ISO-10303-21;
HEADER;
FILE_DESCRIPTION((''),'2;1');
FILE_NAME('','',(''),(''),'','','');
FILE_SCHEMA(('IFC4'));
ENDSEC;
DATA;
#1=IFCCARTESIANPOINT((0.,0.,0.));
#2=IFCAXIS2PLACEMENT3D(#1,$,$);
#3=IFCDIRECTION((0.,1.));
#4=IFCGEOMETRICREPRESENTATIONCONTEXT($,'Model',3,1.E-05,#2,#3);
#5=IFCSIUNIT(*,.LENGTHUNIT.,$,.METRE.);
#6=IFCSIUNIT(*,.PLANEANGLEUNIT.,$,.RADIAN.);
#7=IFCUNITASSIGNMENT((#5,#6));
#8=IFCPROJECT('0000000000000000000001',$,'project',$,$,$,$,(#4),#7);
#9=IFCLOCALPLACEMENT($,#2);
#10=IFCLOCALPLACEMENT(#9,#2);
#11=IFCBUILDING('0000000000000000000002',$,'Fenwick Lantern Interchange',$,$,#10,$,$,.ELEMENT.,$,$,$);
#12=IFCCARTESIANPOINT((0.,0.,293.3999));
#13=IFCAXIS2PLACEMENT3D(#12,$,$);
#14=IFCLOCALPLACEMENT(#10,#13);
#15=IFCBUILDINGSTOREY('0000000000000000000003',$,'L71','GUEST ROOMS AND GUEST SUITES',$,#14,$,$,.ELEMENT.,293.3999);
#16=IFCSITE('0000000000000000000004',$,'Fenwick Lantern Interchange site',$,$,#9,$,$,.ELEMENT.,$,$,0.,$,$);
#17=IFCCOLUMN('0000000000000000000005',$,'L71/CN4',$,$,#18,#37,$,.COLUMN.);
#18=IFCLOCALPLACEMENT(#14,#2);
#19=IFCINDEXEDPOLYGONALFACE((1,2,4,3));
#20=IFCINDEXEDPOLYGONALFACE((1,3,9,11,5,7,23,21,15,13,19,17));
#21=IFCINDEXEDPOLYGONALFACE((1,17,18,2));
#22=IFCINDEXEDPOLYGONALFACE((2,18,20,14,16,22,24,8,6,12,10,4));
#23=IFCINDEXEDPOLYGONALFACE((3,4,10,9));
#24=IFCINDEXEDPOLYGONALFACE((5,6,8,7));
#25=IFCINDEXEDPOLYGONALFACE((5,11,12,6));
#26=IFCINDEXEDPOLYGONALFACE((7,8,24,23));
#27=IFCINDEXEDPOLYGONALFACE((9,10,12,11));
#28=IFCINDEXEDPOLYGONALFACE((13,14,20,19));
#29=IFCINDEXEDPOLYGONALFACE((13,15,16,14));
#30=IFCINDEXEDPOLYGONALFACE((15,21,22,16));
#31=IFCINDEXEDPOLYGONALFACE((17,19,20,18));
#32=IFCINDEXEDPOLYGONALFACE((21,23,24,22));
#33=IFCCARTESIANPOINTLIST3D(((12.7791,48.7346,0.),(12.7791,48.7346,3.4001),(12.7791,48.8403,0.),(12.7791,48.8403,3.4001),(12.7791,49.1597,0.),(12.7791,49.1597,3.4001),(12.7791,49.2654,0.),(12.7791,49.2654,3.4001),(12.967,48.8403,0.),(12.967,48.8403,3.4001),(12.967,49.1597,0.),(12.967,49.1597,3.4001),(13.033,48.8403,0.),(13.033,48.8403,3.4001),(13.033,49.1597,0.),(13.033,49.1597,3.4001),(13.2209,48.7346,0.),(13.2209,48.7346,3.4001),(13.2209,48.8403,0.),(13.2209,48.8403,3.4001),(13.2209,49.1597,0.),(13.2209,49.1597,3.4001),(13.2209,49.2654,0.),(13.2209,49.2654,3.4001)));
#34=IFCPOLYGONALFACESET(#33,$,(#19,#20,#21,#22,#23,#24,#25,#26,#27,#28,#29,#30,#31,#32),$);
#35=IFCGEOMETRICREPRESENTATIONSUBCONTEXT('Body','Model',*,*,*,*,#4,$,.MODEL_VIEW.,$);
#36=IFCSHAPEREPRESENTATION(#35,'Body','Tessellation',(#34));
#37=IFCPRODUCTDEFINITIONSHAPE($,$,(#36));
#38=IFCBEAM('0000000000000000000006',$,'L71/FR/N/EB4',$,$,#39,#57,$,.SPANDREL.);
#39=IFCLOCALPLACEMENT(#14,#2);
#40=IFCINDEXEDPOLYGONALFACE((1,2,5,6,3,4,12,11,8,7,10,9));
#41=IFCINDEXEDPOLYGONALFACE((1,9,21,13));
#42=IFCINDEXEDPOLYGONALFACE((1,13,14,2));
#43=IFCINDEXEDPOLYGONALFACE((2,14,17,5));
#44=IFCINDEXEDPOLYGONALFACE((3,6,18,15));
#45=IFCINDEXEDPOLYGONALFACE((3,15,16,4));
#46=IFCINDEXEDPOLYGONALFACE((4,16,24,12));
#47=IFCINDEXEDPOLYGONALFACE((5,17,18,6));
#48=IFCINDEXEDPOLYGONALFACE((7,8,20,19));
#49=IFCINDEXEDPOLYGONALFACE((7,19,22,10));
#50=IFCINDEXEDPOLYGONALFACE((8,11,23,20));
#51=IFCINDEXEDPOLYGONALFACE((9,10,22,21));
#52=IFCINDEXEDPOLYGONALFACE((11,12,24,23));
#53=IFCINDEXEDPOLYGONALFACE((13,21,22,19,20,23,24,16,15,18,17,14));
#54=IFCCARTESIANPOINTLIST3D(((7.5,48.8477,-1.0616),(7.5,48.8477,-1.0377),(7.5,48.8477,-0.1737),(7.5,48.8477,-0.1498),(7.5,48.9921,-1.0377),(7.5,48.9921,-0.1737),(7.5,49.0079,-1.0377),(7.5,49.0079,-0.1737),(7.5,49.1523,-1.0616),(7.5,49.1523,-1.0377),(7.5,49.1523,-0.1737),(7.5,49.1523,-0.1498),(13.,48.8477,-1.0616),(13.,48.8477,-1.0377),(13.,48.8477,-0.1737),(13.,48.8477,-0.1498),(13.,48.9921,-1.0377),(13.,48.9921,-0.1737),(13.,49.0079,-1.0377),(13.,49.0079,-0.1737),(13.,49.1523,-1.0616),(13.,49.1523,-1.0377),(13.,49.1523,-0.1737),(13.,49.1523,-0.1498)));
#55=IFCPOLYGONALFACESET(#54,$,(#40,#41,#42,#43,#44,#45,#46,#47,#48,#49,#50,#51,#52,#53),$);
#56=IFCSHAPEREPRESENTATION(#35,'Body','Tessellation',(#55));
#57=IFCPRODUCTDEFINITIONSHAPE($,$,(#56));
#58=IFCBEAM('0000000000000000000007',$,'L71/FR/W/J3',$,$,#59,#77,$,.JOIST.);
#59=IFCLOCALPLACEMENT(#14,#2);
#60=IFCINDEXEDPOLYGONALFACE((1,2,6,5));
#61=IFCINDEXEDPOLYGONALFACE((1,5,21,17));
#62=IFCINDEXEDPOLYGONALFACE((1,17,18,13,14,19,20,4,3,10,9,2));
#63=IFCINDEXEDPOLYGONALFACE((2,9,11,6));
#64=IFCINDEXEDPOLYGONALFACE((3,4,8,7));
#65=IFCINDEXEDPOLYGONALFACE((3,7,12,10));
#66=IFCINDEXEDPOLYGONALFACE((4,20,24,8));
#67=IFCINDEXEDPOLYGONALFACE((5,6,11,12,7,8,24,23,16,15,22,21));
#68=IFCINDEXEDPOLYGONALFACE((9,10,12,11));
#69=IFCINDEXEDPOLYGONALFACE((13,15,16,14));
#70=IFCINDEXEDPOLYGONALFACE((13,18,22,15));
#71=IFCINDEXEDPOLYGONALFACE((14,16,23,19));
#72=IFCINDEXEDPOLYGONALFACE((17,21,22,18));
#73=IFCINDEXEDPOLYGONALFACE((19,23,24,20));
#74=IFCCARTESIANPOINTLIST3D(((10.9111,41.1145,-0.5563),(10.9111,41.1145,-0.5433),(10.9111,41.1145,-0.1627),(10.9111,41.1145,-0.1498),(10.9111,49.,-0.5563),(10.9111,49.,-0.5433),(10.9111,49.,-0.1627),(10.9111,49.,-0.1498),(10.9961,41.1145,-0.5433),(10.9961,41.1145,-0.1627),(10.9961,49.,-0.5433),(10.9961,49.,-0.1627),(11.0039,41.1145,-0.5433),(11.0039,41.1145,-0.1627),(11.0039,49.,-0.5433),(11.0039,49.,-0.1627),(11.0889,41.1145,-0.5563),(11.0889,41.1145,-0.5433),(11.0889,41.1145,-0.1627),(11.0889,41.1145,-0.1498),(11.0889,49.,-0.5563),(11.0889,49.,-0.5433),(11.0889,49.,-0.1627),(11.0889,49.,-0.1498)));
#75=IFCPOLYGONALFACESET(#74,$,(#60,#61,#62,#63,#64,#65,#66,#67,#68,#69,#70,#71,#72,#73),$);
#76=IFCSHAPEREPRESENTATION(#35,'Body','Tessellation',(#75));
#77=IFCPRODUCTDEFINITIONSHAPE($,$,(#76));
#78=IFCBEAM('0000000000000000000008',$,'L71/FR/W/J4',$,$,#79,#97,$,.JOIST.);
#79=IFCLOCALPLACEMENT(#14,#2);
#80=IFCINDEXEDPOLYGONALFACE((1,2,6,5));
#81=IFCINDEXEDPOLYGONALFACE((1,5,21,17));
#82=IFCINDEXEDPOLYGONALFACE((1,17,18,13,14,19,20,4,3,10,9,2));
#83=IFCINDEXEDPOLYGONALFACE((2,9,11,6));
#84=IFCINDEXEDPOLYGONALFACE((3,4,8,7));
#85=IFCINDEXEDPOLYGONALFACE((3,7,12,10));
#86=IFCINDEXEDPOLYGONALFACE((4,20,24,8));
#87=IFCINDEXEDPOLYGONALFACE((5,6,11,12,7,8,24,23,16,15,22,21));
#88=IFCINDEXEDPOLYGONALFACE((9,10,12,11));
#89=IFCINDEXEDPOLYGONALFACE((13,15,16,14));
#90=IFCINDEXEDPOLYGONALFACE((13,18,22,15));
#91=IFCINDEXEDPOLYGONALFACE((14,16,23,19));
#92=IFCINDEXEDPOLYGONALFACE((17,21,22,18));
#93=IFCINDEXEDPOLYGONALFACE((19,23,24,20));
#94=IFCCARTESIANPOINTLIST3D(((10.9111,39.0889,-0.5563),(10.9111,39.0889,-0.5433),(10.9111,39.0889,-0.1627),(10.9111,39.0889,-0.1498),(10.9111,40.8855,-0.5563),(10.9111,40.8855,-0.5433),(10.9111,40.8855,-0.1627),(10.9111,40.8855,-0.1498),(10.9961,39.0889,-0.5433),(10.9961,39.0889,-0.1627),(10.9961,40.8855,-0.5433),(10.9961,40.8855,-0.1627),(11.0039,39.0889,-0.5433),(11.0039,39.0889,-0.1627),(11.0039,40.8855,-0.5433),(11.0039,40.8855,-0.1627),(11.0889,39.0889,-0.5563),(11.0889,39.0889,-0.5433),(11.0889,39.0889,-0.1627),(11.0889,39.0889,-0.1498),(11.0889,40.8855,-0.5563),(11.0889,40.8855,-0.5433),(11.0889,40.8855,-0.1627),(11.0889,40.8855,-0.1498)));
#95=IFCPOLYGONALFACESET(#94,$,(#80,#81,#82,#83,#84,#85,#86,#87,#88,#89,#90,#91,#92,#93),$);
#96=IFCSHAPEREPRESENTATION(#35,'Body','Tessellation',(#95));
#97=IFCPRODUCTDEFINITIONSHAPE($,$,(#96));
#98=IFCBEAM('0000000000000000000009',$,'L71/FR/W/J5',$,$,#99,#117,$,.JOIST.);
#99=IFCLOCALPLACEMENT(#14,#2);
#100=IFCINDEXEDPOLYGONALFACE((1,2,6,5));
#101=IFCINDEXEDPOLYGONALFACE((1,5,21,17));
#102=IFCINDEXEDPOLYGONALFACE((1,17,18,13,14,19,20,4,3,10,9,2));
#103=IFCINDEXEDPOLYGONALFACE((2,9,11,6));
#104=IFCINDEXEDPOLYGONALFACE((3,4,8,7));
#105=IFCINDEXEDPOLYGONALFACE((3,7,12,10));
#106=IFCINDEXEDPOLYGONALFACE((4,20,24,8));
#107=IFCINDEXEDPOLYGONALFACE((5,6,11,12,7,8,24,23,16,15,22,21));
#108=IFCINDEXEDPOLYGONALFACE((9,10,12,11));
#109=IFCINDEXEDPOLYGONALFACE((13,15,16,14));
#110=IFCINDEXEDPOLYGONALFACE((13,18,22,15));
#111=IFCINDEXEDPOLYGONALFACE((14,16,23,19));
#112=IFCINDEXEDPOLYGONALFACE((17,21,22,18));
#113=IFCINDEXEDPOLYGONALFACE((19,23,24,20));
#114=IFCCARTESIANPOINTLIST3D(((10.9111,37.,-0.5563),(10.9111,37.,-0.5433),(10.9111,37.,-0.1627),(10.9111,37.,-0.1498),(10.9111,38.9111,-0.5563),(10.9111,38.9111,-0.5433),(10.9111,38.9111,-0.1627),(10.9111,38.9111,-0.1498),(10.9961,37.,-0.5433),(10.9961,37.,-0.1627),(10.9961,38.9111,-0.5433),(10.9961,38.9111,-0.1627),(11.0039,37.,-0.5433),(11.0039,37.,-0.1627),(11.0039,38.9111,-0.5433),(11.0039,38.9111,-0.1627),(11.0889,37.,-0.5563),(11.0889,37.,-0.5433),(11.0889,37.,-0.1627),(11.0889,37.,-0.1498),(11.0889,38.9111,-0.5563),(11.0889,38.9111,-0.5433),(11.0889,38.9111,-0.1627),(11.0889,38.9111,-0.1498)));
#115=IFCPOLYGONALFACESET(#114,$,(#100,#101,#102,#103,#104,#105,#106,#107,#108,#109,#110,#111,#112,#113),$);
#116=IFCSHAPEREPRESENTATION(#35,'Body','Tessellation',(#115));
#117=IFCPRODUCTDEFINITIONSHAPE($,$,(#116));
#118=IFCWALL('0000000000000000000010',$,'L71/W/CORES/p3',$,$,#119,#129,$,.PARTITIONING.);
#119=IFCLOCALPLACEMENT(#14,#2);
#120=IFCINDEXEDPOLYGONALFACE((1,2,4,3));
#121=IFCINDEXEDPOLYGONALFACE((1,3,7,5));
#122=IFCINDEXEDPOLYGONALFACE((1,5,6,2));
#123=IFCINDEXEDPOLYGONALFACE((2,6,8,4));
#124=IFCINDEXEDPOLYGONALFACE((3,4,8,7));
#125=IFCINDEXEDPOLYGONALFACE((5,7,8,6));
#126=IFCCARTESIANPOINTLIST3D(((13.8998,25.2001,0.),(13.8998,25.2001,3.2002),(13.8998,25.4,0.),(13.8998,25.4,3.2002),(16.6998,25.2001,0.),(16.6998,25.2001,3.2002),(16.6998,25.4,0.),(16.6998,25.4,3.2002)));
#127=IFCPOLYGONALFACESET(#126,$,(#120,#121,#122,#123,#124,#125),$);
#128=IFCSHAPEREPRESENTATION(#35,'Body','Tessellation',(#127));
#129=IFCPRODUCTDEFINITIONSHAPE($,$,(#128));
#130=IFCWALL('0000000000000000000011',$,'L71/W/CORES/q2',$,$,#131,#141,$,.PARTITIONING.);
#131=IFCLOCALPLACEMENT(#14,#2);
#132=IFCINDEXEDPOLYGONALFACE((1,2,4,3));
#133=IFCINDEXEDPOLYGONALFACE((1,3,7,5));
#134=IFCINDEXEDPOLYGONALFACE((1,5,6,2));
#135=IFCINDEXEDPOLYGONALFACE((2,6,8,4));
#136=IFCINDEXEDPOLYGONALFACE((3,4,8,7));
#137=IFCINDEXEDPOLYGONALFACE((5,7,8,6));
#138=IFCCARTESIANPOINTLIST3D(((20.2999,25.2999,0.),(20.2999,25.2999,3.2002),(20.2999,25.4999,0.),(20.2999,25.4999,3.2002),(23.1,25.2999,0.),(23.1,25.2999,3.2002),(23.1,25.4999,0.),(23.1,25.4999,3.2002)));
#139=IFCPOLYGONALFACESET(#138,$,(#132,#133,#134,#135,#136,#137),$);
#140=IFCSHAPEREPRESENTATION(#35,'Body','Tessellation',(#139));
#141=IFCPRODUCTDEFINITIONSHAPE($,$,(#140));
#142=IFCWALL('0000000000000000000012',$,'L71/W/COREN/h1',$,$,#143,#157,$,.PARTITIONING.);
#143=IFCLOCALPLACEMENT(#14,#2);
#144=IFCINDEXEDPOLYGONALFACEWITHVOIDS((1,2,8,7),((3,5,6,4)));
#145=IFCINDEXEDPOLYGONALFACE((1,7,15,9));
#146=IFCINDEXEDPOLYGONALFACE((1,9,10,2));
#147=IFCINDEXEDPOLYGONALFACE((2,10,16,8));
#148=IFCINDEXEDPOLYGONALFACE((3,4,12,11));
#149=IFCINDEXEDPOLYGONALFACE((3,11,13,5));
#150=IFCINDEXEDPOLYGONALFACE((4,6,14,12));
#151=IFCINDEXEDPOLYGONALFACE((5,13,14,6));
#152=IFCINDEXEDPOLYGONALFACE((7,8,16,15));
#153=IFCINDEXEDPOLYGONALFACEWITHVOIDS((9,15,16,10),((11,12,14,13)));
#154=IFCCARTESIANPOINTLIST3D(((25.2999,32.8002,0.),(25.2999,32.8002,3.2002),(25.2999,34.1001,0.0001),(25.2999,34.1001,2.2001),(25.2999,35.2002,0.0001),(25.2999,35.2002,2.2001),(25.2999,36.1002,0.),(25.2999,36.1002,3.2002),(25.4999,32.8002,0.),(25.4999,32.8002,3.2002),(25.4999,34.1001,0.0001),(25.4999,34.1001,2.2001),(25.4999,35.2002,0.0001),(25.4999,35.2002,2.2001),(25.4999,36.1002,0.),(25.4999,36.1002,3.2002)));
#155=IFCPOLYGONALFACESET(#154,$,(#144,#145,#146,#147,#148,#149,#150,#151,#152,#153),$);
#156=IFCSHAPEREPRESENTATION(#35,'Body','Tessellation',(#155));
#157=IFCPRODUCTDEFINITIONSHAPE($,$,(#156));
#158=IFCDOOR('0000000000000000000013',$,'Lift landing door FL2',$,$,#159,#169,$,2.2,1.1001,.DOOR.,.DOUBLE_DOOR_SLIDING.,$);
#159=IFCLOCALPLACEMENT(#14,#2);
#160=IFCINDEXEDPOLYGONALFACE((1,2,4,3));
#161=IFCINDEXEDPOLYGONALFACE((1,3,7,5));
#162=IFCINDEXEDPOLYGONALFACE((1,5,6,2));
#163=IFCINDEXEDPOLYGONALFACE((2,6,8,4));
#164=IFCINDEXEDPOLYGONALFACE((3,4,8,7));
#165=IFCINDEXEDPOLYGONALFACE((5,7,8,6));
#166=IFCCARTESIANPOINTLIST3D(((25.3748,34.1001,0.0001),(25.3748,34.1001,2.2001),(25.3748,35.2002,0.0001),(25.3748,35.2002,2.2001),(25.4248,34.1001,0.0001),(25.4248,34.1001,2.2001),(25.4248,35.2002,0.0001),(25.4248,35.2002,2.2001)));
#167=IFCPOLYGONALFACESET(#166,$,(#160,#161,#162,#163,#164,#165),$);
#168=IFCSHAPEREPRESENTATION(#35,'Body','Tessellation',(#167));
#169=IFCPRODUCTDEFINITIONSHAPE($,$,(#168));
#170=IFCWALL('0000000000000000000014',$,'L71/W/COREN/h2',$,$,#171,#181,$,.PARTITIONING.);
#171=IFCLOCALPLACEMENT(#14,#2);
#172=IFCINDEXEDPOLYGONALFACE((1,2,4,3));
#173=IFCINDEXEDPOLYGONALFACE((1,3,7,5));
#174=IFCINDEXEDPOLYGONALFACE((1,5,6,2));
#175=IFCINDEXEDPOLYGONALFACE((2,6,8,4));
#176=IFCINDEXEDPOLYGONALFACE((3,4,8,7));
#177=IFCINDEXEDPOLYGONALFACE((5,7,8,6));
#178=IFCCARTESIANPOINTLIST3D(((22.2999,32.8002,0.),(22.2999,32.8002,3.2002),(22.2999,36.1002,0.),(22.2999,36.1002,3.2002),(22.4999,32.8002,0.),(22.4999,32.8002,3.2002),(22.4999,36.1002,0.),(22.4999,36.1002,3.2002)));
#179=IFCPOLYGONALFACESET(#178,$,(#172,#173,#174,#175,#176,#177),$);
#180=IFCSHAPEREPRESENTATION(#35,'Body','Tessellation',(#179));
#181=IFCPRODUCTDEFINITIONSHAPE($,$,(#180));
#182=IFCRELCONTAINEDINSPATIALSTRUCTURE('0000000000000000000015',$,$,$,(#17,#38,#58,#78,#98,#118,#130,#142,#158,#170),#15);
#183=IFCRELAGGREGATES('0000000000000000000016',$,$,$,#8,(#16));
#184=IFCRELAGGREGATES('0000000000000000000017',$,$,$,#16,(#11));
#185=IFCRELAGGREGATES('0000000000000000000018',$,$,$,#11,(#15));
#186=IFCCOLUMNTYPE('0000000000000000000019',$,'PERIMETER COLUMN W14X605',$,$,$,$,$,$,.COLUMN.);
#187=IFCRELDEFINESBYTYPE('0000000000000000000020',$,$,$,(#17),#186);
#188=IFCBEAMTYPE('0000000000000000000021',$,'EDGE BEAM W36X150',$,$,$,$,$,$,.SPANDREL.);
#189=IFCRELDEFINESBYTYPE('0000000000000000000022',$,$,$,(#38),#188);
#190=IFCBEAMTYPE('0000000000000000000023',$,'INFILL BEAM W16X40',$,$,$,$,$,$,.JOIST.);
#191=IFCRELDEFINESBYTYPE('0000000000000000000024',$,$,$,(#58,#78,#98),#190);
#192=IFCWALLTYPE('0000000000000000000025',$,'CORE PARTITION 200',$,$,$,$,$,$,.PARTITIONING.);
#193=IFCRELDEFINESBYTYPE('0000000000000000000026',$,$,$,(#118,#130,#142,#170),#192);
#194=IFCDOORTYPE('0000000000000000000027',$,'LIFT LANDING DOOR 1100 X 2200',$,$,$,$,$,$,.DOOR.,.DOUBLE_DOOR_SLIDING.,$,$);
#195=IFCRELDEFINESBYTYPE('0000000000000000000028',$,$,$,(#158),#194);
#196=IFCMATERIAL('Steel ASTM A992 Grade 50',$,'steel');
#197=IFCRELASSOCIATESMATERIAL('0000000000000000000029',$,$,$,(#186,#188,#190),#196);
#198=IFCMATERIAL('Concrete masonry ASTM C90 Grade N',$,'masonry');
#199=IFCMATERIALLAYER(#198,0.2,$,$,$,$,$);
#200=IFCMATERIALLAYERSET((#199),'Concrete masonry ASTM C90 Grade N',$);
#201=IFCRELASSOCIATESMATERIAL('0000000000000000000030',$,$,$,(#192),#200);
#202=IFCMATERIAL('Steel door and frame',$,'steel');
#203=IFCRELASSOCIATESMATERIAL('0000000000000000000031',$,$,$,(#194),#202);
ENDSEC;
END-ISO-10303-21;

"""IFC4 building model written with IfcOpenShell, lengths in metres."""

from ifc_helpers import new_model, si_unit, direction, frame, frame_2d, origin, origin_2d, place, context, subcontext, project, spatial, rectangle, i_section, extrude, material, layer, layer_set, material_profile, profile_set, type_object, element, fill, save


model = new_model("IFC4")

# Units and contexts
model_context = context("Model", 3, precision=1e-05, world=origin(), true_north=direction((0.0, 1.0)))
body_context = subcontext(model_context, "Body", "Model", "MODEL_VIEW")
ifc_project = project(units=[si_unit("LENGTHUNIT", "METRE"), si_unit("PLANEANGLEUNIT", "RADIAN")], contexts=[model_context])

# Site, building, storey
site_placement = place(None, origin())
site = spatial("IfcSite", under=ifc_project, at=site_placement, Name="Fenwick Lantern Interchange site", CompositionType="ELEMENT", RefElevation=0.0)
building_placement = place(site_placement, origin())
building = spatial("IfcBuilding", under=site, at=building_placement, Name="Fenwick Lantern Interchange", CompositionType="ELEMENT")
storey_placement = place(building_placement, frame((0.0, 0.0, 293.3999)))
storey = spatial("IfcBuildingStorey", under=building, at=storey_placement, Name="L71", Description="GUEST ROOMS AND GUEST SUITES", CompositionType="ELEMENT", Elevation=293.3999)

# Column
ifc_material_1 = material(Name="Steel ASTM A992 Grade 50", Category="steel")
ifc_material_profile_1 = material_profile(ifc_material_1, i_section(OverallWidth=0.4419, OverallDepth=0.5308, WebThickness=0.0659, FlangeThickness=0.1057, at=origin_2d()), Name="W14X605")
ifc_profile_set_1 = profile_set([ifc_material_profile_1], Name="Steel ASTM A992 Grade 50")
column_type = type_object("IfcColumnType", Name="PERIMETER COLUMN W14X605", PredefinedType="COLUMN", material=ifc_profile_set_1)
column_placement = place(storey_placement, frame((13.0, 49.0, 0.0), z_axis=(0.0, 0.0, 1.0), x_axis=(1.0, 0.0, 0.0)))
element("IfcColumn", 1, at=column_placement, inside=storey, type_object=column_type, Name="L71/CN4", PredefinedType="COLUMN", context=body_context, shape_type="SweptSolid", body=[
    extrude(i_section(OverallWidth=0.4419, OverallDepth=0.5308, WebThickness=0.0659, FlangeThickness=0.1057, at=origin_2d()), origin(), (0.0, 0.0, 1.0), 3.4001),
])

# Beams
ifc_material_profile_2 = material_profile(ifc_material_1, i_section(OverallWidth=0.3047, OverallDepth=0.9119, WebThickness=0.0159, FlangeThickness=0.0239, at=origin_2d()), Name="W36X150")
ifc_profile_set_2 = profile_set([ifc_material_profile_2], Name="Steel ASTM A992 Grade 50")
beam_type_1 = type_object("IfcBeamType", Name="EDGE BEAM W36X150", PredefinedType="SPANDREL", material=ifc_profile_set_2)
beam_1_placement = place(storey_placement, frame((13.0, 49.0, -0.6057), z_axis=(-1.0, 0.0, 0.0), x_axis=(0.0, -1.0, 0.0)))
element("IfcBeam", 2, at=beam_1_placement, inside=storey, type_object=beam_type_1, Name="L71/FR/N/EB4", PredefinedType="SPANDREL", context=body_context, shape_type="SweptSolid", body=[
    extrude(i_section(OverallWidth=0.3047, OverallDepth=0.9119, WebThickness=0.0159, FlangeThickness=0.0239, at=origin_2d()), origin(), (0.0, 0.0, 1.0), 5.5),
])
ifc_material_profile_3 = material_profile(ifc_material_1, i_section(OverallWidth=0.1777, OverallDepth=0.4065, WebThickness=0.0078, FlangeThickness=0.0129, at=origin_2d()), Name="W16X40")
ifc_profile_set_3 = profile_set([ifc_material_profile_3], Name="Steel ASTM A992 Grade 50")
beam_type_2 = type_object("IfcBeamType", Name="INFILL BEAM W16X40", PredefinedType="JOIST", material=ifc_profile_set_3)
beam_2_placement = place(storey_placement, frame((11.0, 49.0, -0.353), z_axis=(0.0, -1.0, 0.0), x_axis=(1.0, 0.0, 0.0)))
element("IfcBeam", 3, at=beam_2_placement, inside=storey, type_object=beam_type_2, Name="L71/FR/W/J3", PredefinedType="JOIST", context=body_context, shape_type="SweptSolid", body=[
    extrude(i_section(OverallWidth=0.1777, OverallDepth=0.4065, WebThickness=0.0078, FlangeThickness=0.0129, at=origin_2d()), origin(), (0.0, 0.0, 1.0), 7.8855),
])
beam_3_placement = place(storey_placement, frame((11.0, 40.8855, -0.353), z_axis=(0.0, -1.0, 0.0), x_axis=(1.0, 0.0, 0.0)))
element("IfcBeam", 4, at=beam_3_placement, inside=storey, type_object=beam_type_2, Name="L71/FR/W/J4", PredefinedType="JOIST", context=body_context, shape_type="SweptSolid", body=[
    extrude(i_section(OverallWidth=0.1777, OverallDepth=0.4065, WebThickness=0.0078, FlangeThickness=0.0129, at=origin_2d()), origin(), (0.0, 0.0, 1.0), 1.7966),
])
beam_4_placement = place(storey_placement, frame((11.0, 38.9111, -0.353), z_axis=(0.0, -1.0, 0.0), x_axis=(1.0, 0.0, 0.0)))
element("IfcBeam", 5, at=beam_4_placement, inside=storey, type_object=beam_type_2, Name="L71/FR/W/J5", PredefinedType="JOIST", context=body_context, shape_type="SweptSolid", body=[
    extrude(i_section(OverallWidth=0.1777, OverallDepth=0.4065, WebThickness=0.0078, FlangeThickness=0.0129, at=origin_2d()), origin(), (0.0, 0.0, 1.0), 1.9111),
])

# Walls
ifc_material_2 = material(Name="Concrete masonry ASTM C90 Grade N", Category="masonry")
ifc_layer_1 = layer(ifc_material_2, 0.2)
ifc_layer_set_1 = layer_set([ifc_layer_1], Name="Concrete masonry ASTM C90 Grade N")
wall_type_1 = type_object("IfcWallType", Name="CORE PARTITION 200", PredefinedType="PARTITIONING", material=ifc_layer_set_1)
for number, where, z_axis, x_axis, name in (
    (6, (13.8999, 25.3, 0.0), (0.0, 0.0, 1.0), (1.0, 0.0, 0.0), "L71/W/CORES/p3"),
    (7, (20.3, 25.3999, 0.0), (0.0, 0.0, 1.0), (1.0, 0.0, 0.0), "L71/W/CORES/q2"),
):
    element("IfcWall", number, at=place(storey_placement, frame(where, z_axis=z_axis, x_axis=x_axis)), inside=storey, type_object=wall_type_1, Name=name, PredefinedType="PARTITIONING", context=body_context, shape_type="SweptSolid", body=[
        extrude(rectangle(XDim=2.8, YDim=0.2, at=frame_2d((1.3999, 0.0))), origin(), (0.0, 0.0, 1.0), 3.2002),
    ])

# Wall, opening, door
wall_1_placement = place(storey_placement, frame((25.3999, 36.1001, 0.0), z_axis=(0.0, 0.0, 1.0), x_axis=(0.0, -1.0, 0.0)))
wall_1 = element("IfcWall", 8, at=wall_1_placement, inside=storey, type_object=wall_type_1, Name="L71/W/COREN/h1", PredefinedType="PARTITIONING", context=body_context, shape_type="SweptSolid", body=[
    extrude(rectangle(XDim=3.3, YDim=0.2, at=frame_2d((1.6499, 0.0))), origin(), (0.0, 0.0, 1.0), 3.2002),
])
opening_1_placement = place(wall_1_placement, frame((0.8999, 0.0, 0.0)))
opening_1 = element("IfcOpeningElement", 9, at=opening_1_placement, cuts=wall_1, PredefinedType="OPENING", context=body_context, shape_type="SweptSolid", body=[
    extrude(rectangle(XDim=1.1001, YDim=2.2, at=frame_2d((0.55, 1.1001))), frame((0.0, 0.1099, 0.0), z_axis=(0.0, -1.0, 0.0), x_axis=(1.0, 0.0, 0.0)), (0.0, 0.0, 1.0), 0.22),
])
ifc_material_3 = material(Name="Steel door and frame", Category="steel")
door_type_1 = type_object("IfcDoorType", Name="LIFT LANDING DOOR 1100 X 2200", OperationType="DOUBLE_DOOR_SLIDING", PredefinedType="DOOR", material=ifc_material_3)
door_1_placement = place(opening_1_placement, origin())
door_1 = element("IfcDoor", 10, at=door_1_placement, inside=storey, type_object=door_type_1, Name="Lift landing door FL2", OperationType="DOUBLE_DOOR_SLIDING", OverallHeight=2.2, OverallWidth=1.1001, PredefinedType="DOOR", context=body_context, shape_type="SweptSolid", body=[
    extrude(rectangle(XDim=1.1001, YDim=2.2, at=frame_2d((0.55, 1.1001))), frame((0.0, 0.0249, 0.0), z_axis=(0.0, -1.0, 0.0), x_axis=(1.0, 0.0, 0.0)), (0.0, 0.0, 1.0), 0.05),
])
fill(opening_1, door_1)

# Wall
wall_2_placement = place(storey_placement, frame((22.3999, 36.1001, 0.0), z_axis=(0.0, 0.0, 1.0), x_axis=(0.0, -1.0, 0.0)))
element("IfcWall", 11, at=wall_2_placement, inside=storey, type_object=wall_type_1, Name="L71/W/COREN/h2", PredefinedType="PARTITIONING", context=body_context, shape_type="SweptSolid", body=[
    extrude(rectangle(XDim=3.3, YDim=0.2, at=frame_2d((1.6499, 0.0))), origin(), (0.0, 0.0, 1.0), 3.2002),
])

save(model, "model.ifc")
